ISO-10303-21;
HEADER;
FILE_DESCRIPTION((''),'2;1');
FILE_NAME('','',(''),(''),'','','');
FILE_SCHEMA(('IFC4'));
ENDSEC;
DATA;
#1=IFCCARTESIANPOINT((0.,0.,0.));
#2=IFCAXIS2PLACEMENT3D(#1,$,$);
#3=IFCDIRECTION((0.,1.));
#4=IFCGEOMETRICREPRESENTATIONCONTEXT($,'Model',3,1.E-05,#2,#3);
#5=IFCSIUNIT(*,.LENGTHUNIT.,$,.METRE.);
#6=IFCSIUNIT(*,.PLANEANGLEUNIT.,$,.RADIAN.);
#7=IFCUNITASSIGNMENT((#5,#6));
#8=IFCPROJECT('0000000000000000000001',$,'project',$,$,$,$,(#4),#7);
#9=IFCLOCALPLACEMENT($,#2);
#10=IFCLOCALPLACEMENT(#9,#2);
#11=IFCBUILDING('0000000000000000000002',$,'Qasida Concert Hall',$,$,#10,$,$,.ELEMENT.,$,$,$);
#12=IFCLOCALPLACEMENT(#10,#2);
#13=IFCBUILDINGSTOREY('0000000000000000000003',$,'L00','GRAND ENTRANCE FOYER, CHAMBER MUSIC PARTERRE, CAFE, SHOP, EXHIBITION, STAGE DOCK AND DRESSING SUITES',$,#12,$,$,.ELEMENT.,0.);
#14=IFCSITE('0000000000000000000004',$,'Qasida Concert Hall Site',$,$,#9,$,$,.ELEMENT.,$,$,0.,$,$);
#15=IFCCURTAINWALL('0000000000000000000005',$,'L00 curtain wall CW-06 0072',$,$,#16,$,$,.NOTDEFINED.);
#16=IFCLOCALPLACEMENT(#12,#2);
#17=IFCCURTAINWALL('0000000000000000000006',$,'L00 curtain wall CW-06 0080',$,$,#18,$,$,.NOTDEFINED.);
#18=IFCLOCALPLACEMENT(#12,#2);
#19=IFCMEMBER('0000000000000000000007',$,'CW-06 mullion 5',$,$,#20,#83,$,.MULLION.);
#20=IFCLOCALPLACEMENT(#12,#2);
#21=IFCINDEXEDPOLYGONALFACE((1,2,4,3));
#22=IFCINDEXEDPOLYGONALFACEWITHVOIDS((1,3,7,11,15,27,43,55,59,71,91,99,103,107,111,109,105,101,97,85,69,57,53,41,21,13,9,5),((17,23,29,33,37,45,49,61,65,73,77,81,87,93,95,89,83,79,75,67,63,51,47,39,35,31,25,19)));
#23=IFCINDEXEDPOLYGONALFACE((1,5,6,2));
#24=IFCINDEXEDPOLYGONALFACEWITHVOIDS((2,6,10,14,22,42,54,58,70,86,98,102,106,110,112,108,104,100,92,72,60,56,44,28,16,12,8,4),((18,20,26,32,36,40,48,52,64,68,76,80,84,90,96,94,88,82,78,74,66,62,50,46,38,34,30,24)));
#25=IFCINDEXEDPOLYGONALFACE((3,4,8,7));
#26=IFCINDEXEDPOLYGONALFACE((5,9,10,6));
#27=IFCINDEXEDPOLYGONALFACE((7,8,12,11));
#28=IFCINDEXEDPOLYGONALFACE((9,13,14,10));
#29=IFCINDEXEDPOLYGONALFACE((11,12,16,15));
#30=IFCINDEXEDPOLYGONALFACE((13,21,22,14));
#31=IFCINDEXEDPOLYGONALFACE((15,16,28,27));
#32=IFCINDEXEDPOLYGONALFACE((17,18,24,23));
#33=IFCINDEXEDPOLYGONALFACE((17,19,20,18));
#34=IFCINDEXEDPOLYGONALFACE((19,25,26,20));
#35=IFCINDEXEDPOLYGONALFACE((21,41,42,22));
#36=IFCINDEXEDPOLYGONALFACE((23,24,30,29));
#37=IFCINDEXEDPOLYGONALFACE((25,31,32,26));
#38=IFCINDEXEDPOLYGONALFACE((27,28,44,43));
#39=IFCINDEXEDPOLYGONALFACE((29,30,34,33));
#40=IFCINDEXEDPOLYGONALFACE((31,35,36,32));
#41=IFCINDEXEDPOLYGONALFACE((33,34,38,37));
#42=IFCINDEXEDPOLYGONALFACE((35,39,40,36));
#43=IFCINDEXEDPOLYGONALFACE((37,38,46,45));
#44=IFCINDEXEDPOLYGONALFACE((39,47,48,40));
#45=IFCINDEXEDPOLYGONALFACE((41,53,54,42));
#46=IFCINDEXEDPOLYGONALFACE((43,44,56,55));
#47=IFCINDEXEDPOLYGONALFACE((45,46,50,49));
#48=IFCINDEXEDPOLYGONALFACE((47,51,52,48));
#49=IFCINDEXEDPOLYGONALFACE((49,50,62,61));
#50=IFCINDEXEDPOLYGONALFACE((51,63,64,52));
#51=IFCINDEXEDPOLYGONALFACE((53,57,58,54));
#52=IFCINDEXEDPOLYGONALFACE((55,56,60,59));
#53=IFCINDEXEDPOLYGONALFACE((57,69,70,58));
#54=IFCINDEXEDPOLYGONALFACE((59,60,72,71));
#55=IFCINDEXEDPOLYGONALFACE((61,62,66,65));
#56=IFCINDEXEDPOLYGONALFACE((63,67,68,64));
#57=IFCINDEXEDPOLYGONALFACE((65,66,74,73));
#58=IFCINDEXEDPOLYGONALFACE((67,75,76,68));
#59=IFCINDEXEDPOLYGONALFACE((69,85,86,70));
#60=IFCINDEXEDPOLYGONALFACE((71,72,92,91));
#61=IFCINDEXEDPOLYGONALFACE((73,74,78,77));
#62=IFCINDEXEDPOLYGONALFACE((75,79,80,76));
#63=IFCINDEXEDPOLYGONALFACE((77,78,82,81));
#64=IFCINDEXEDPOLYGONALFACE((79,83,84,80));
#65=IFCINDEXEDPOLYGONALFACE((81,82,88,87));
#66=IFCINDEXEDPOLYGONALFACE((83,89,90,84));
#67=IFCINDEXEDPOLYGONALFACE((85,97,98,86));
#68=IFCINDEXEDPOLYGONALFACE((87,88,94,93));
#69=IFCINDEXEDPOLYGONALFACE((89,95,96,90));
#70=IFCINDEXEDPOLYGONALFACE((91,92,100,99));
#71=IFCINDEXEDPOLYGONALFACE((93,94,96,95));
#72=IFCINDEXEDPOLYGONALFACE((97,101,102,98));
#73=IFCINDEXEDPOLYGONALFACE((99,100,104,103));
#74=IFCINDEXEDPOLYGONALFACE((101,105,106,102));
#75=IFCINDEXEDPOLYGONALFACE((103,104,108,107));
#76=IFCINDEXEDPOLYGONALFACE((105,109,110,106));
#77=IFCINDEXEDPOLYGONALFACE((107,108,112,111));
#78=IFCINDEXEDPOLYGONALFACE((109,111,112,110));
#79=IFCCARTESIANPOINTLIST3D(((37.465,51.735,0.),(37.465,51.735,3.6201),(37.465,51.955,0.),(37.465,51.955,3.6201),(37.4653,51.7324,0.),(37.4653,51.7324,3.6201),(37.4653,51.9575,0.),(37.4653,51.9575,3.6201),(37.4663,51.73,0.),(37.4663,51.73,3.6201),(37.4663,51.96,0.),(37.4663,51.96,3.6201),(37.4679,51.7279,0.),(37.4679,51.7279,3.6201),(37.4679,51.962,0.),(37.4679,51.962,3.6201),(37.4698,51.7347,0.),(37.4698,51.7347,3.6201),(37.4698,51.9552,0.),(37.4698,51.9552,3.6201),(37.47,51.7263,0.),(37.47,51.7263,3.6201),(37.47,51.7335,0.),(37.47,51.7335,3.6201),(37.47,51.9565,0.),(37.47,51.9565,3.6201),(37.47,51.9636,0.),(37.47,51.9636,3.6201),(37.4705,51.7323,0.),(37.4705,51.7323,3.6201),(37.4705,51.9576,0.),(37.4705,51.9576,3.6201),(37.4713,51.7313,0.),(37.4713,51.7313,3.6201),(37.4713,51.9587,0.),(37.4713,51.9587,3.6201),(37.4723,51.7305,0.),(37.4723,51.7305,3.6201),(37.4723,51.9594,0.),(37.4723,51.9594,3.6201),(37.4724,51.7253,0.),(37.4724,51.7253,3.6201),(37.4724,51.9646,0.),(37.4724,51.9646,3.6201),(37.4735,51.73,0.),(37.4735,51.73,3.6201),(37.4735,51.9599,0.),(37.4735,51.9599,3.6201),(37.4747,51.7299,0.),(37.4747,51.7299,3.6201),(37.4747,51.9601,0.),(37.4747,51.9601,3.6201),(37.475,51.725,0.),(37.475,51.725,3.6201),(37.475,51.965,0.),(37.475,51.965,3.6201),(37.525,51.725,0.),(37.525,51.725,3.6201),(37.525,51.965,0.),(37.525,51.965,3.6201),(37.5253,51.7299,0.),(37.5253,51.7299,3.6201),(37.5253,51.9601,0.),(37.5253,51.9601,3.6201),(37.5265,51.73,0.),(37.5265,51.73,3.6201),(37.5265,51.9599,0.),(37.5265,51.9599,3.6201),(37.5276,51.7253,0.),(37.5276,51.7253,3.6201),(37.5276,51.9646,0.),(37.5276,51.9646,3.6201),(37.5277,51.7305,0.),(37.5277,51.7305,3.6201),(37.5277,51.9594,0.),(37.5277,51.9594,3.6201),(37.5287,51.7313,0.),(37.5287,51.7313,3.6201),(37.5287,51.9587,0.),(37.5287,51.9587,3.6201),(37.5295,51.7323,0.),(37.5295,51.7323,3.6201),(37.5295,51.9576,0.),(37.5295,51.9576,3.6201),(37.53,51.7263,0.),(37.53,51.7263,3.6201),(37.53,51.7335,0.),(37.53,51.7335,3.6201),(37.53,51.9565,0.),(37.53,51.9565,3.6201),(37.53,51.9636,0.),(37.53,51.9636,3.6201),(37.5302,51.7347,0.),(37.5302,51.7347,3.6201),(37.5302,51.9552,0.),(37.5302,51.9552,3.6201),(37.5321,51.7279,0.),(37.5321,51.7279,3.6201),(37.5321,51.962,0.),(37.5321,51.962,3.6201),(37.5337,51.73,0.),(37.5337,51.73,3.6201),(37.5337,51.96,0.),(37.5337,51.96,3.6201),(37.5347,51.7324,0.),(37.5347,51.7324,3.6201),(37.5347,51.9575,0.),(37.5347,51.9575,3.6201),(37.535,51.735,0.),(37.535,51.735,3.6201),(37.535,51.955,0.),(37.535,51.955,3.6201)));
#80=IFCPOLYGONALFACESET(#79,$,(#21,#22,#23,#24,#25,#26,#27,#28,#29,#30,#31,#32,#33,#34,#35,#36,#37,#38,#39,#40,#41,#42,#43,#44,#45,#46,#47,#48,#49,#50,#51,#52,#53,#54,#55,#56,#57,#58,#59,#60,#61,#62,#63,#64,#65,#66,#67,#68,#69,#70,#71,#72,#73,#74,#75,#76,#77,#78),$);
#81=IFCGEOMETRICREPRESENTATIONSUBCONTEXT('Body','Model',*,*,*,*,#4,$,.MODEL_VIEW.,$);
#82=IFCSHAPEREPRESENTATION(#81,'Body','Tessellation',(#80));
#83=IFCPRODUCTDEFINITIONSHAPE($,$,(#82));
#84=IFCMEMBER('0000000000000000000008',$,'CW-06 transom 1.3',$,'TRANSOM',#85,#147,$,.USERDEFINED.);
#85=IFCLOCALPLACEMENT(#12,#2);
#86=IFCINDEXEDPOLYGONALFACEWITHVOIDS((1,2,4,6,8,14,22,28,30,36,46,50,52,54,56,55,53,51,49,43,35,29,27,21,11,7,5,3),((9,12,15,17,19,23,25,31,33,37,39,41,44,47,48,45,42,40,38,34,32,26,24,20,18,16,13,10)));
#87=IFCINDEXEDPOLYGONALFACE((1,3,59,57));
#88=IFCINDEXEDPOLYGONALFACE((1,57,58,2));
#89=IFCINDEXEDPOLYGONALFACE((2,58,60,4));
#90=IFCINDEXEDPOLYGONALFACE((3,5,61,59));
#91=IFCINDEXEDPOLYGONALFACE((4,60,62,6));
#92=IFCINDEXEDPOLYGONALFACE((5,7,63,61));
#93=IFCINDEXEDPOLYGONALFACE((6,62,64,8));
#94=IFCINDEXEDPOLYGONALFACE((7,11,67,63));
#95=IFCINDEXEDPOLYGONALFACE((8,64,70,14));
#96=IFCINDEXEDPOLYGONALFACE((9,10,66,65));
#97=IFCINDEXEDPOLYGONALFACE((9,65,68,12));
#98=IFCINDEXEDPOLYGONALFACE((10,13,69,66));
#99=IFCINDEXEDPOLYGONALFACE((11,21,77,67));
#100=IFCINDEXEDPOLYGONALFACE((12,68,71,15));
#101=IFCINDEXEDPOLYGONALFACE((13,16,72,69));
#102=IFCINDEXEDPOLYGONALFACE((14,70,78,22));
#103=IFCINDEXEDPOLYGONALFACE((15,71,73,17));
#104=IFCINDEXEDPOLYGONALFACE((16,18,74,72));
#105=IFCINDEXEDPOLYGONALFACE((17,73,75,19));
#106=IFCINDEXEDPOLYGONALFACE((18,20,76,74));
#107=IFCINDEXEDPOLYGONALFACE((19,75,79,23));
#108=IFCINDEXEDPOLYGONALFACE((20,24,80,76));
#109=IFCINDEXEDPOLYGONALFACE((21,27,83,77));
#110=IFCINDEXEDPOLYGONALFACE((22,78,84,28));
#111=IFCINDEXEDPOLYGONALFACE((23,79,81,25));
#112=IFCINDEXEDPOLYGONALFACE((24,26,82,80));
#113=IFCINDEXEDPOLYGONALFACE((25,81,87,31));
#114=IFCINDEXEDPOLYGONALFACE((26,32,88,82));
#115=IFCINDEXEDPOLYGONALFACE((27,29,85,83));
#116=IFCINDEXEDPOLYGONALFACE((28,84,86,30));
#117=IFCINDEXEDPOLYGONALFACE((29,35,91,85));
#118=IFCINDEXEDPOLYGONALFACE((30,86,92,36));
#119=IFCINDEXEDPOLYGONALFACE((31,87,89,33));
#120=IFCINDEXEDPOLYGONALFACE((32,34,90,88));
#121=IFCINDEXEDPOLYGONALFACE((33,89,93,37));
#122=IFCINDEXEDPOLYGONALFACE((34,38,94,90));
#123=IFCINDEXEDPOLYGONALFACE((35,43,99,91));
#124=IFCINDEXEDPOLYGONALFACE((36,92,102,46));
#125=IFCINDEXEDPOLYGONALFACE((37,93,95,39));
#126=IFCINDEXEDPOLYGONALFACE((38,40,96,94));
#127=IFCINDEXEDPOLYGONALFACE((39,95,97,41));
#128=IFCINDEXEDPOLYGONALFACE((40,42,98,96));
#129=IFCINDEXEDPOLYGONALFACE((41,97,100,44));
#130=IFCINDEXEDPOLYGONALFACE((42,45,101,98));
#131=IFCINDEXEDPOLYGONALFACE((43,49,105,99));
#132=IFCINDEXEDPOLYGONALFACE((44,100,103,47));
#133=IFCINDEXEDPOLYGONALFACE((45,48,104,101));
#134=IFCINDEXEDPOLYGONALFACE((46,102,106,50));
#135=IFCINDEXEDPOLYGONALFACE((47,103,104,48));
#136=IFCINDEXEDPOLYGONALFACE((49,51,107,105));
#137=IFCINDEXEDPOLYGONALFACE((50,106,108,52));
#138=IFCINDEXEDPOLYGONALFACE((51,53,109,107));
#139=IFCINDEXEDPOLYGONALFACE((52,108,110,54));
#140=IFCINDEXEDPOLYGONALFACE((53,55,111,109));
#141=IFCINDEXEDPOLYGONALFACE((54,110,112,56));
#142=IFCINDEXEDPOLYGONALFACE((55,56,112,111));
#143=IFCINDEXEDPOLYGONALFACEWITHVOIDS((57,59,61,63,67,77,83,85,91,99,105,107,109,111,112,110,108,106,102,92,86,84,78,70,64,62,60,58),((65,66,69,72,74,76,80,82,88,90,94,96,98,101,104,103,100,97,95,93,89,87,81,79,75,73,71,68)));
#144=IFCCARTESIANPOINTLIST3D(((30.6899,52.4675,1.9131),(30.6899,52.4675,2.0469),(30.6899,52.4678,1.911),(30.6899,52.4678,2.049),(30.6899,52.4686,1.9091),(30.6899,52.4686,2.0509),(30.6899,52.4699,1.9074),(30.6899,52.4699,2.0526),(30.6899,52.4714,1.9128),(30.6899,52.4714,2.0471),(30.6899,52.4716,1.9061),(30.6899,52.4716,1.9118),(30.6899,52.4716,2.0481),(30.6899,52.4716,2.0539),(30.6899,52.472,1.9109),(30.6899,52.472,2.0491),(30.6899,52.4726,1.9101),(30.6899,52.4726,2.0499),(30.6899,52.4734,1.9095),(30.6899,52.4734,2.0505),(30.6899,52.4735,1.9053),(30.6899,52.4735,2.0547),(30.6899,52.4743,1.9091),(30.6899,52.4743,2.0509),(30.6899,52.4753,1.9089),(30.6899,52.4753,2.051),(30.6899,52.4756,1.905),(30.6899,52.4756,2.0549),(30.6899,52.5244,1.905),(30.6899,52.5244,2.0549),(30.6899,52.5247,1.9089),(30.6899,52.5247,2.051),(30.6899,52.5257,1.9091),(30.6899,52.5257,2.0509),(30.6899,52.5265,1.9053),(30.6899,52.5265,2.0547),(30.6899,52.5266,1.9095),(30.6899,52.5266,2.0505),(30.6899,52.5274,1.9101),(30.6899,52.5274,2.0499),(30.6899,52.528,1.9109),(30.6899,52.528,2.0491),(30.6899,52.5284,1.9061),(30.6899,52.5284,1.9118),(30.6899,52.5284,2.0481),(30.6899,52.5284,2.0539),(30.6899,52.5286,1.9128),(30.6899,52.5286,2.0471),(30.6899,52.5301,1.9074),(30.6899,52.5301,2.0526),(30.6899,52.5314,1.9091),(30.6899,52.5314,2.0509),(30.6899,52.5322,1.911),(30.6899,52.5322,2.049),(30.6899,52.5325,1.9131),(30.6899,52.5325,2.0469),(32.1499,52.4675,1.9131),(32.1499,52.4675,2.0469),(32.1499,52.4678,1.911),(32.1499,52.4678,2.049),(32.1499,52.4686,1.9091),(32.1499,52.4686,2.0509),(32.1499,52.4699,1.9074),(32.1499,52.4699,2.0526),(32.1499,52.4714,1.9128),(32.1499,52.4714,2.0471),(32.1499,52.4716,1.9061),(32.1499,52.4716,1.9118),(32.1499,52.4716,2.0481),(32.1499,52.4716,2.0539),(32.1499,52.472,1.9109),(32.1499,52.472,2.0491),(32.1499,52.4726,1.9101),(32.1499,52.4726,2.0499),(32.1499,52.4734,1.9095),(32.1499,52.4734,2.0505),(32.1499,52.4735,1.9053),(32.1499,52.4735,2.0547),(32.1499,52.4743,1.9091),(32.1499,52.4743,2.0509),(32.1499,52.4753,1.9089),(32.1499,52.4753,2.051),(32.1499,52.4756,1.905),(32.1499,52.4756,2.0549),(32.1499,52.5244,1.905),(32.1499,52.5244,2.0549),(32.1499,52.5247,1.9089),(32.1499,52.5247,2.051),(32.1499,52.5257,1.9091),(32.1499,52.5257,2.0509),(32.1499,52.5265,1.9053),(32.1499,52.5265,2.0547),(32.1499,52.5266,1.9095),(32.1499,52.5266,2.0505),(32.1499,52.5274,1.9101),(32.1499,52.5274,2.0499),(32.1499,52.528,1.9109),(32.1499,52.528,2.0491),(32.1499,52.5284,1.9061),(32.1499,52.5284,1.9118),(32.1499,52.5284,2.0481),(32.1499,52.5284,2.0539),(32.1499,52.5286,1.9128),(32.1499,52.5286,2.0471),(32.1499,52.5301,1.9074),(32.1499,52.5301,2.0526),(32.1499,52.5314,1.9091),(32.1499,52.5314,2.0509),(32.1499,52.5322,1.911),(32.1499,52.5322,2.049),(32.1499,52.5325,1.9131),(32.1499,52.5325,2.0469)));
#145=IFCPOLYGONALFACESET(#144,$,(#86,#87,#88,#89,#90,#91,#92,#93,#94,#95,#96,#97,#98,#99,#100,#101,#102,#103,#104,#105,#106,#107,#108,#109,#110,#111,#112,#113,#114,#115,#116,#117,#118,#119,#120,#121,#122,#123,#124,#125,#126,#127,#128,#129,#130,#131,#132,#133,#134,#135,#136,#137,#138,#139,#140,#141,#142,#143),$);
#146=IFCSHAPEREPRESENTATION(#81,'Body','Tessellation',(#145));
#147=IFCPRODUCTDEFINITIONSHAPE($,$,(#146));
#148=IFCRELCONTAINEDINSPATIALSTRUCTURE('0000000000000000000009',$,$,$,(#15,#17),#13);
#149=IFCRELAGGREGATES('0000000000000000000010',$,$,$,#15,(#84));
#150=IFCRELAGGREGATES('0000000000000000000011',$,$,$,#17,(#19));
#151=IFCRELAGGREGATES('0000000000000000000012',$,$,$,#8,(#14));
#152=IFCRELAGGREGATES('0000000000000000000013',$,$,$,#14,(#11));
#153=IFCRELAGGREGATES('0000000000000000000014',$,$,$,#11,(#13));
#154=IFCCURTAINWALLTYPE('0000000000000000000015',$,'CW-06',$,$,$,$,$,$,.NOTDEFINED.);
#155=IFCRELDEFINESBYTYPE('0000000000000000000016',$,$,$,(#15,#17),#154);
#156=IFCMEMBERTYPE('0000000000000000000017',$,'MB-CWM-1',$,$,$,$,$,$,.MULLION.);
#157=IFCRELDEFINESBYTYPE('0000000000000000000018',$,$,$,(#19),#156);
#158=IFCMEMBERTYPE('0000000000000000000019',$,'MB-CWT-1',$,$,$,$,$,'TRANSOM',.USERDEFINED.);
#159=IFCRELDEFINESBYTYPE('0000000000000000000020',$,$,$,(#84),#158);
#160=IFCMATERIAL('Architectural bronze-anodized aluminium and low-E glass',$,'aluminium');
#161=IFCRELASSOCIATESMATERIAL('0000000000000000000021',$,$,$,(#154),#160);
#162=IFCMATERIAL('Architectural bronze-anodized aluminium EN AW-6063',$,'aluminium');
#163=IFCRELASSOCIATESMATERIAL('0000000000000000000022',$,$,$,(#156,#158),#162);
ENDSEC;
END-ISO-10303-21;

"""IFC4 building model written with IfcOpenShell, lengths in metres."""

from ifc_helpers import new_model, si_unit, direction, frame, origin, origin_2d, place, context, subcontext, project, spatial, hollow_rectangle, extrude, material, material_profile, profile_set, type_object, element, aggregate, save


model = new_model("IFC4")

# Units and contexts
model_context = context("Model", 3, precision=1e-05, world=origin(), true_north=direction((0.0, 1.0)))
body_context = subcontext(model_context, "Body", "Model", "MODEL_VIEW")
ifc_project = project(units=[si_unit("LENGTHUNIT", "METRE"), si_unit("PLANEANGLEUNIT", "RADIAN")], contexts=[model_context])

# Site, building, storey
site_placement = place(None, origin())
site = spatial("IfcSite", under=ifc_project, at=site_placement, Name="Qasida Concert Hall Site", CompositionType="ELEMENT", RefElevation=0.0)
building_placement = place(site_placement, origin())
building = spatial("IfcBuilding", under=site, at=building_placement, Name="Qasida Concert Hall", CompositionType="ELEMENT")
storey_placement = place(building_placement, origin())
storey = spatial("IfcBuildingStorey", under=building, at=storey_placement, Name="L00", Description="GRAND ENTRANCE FOYER, CHAMBER MUSIC PARTERRE, CAFE, SHOP, EXHIBITION, STAGE DOCK AND DRESSING SUITES", CompositionType="ELEMENT", Elevation=0.0)

# Curtain wall
ifc_material_1 = material(Name="Architectural bronze-anodized aluminium and low-E glass", Category="aluminium")
curtain_wall_type = type_object("IfcCurtainWallType", Name="CW-06", PredefinedType="NOTDEFINED", material=ifc_material_1)
curtain_wall_1_placement = place(storey_placement, origin())
curtain_wall_1 = element("IfcCurtainWall", 1, at=curtain_wall_1_placement, inside=storey, type_object=curtain_wall_type, Name="L00 curtain wall CW-06 0072", PredefinedType="NOTDEFINED")
ifc_material_2 = material(Name="Architectural bronze-anodized aluminium EN AW-6063", Category="aluminium")
ifc_material_profile_1 = material_profile(ifc_material_2, hollow_rectangle(XDim=0.0701, YDim=0.24, WallThickness=0.0049, InnerFilletRadius=0.0049, OuterFilletRadius=0.01, at=origin_2d()), Name="CWM 240x70x5")
ifc_profile_set_1 = profile_set([ifc_material_profile_1], Name="Architectural bronze-anodized aluminium EN AW-6063")
member_type_1 = type_object("IfcMemberType", Name="MB-CWM-1", PredefinedType="MULLION", material=ifc_profile_set_1)

# Curtain wall, member
curtain_wall_2_placement = place(storey_placement, origin())
curtain_wall_2 = element("IfcCurtainWall", 2, at=curtain_wall_2_placement, inside=storey, type_object=curtain_wall_type, Name="L00 curtain wall CW-06 0080", PredefinedType="NOTDEFINED")
member_1_placement = place(storey_placement, frame((37.5, 51.845, 0.0), z_axis=(0.0, 0.0, 1.0), x_axis=(-1.0, 0.0, 0.0)))
member_1 = element("IfcMember", 3, at=member_1_placement, type_object=member_type_1, Name="CW-06 mullion 5", PredefinedType="MULLION", context=body_context, shape_type="SweptSolid", body=[
    extrude(hollow_rectangle(XDim=0.0701, YDim=0.24, WallThickness=0.0049, InnerFilletRadius=0.0049, OuterFilletRadius=0.01, at=origin_2d()), origin(), (0.0, 0.0, 1.0), 3.6201),
])

# Member
ifc_material_profile_2 = material_profile(ifc_material_2, hollow_rectangle(XDim=0.0649, YDim=0.1499, WallThickness=0.0039, InnerFilletRadius=0.0039, OuterFilletRadius=0.0081, at=origin_2d()), Name="CWT 150x65x4")
ifc_profile_set_2 = profile_set([ifc_material_profile_2], Name="Architectural bronze-anodized aluminium EN AW-6063")
member_type_2 = type_object("IfcMemberType", Name="MB-CWT-1", ElementType="TRANSOM", PredefinedType="USERDEFINED", material=ifc_profile_set_2)
member_2_placement = place(storey_placement, frame((30.6899, 52.5, 1.98), z_axis=(1.0, 0.0, 0.0), x_axis=(0.0, 1.0, 0.0)))
member_2 = element("IfcMember", 4, at=member_2_placement, type_object=member_type_2, Name="CW-06 transom 1.3", ObjectType="TRANSOM", PredefinedType="USERDEFINED", context=body_context, shape_type="SweptSolid", body=[
    extrude(hollow_rectangle(XDim=0.0649, YDim=0.1499, WallThickness=0.0039, InnerFilletRadius=0.0039, OuterFilletRadius=0.0081, at=origin_2d()), origin(), (0.0, 0.0, 1.0), 1.46),
])

aggregate(curtain_wall_1, [member_2])
aggregate(curtain_wall_2, [member_1])

save(model, "model.ifc")
